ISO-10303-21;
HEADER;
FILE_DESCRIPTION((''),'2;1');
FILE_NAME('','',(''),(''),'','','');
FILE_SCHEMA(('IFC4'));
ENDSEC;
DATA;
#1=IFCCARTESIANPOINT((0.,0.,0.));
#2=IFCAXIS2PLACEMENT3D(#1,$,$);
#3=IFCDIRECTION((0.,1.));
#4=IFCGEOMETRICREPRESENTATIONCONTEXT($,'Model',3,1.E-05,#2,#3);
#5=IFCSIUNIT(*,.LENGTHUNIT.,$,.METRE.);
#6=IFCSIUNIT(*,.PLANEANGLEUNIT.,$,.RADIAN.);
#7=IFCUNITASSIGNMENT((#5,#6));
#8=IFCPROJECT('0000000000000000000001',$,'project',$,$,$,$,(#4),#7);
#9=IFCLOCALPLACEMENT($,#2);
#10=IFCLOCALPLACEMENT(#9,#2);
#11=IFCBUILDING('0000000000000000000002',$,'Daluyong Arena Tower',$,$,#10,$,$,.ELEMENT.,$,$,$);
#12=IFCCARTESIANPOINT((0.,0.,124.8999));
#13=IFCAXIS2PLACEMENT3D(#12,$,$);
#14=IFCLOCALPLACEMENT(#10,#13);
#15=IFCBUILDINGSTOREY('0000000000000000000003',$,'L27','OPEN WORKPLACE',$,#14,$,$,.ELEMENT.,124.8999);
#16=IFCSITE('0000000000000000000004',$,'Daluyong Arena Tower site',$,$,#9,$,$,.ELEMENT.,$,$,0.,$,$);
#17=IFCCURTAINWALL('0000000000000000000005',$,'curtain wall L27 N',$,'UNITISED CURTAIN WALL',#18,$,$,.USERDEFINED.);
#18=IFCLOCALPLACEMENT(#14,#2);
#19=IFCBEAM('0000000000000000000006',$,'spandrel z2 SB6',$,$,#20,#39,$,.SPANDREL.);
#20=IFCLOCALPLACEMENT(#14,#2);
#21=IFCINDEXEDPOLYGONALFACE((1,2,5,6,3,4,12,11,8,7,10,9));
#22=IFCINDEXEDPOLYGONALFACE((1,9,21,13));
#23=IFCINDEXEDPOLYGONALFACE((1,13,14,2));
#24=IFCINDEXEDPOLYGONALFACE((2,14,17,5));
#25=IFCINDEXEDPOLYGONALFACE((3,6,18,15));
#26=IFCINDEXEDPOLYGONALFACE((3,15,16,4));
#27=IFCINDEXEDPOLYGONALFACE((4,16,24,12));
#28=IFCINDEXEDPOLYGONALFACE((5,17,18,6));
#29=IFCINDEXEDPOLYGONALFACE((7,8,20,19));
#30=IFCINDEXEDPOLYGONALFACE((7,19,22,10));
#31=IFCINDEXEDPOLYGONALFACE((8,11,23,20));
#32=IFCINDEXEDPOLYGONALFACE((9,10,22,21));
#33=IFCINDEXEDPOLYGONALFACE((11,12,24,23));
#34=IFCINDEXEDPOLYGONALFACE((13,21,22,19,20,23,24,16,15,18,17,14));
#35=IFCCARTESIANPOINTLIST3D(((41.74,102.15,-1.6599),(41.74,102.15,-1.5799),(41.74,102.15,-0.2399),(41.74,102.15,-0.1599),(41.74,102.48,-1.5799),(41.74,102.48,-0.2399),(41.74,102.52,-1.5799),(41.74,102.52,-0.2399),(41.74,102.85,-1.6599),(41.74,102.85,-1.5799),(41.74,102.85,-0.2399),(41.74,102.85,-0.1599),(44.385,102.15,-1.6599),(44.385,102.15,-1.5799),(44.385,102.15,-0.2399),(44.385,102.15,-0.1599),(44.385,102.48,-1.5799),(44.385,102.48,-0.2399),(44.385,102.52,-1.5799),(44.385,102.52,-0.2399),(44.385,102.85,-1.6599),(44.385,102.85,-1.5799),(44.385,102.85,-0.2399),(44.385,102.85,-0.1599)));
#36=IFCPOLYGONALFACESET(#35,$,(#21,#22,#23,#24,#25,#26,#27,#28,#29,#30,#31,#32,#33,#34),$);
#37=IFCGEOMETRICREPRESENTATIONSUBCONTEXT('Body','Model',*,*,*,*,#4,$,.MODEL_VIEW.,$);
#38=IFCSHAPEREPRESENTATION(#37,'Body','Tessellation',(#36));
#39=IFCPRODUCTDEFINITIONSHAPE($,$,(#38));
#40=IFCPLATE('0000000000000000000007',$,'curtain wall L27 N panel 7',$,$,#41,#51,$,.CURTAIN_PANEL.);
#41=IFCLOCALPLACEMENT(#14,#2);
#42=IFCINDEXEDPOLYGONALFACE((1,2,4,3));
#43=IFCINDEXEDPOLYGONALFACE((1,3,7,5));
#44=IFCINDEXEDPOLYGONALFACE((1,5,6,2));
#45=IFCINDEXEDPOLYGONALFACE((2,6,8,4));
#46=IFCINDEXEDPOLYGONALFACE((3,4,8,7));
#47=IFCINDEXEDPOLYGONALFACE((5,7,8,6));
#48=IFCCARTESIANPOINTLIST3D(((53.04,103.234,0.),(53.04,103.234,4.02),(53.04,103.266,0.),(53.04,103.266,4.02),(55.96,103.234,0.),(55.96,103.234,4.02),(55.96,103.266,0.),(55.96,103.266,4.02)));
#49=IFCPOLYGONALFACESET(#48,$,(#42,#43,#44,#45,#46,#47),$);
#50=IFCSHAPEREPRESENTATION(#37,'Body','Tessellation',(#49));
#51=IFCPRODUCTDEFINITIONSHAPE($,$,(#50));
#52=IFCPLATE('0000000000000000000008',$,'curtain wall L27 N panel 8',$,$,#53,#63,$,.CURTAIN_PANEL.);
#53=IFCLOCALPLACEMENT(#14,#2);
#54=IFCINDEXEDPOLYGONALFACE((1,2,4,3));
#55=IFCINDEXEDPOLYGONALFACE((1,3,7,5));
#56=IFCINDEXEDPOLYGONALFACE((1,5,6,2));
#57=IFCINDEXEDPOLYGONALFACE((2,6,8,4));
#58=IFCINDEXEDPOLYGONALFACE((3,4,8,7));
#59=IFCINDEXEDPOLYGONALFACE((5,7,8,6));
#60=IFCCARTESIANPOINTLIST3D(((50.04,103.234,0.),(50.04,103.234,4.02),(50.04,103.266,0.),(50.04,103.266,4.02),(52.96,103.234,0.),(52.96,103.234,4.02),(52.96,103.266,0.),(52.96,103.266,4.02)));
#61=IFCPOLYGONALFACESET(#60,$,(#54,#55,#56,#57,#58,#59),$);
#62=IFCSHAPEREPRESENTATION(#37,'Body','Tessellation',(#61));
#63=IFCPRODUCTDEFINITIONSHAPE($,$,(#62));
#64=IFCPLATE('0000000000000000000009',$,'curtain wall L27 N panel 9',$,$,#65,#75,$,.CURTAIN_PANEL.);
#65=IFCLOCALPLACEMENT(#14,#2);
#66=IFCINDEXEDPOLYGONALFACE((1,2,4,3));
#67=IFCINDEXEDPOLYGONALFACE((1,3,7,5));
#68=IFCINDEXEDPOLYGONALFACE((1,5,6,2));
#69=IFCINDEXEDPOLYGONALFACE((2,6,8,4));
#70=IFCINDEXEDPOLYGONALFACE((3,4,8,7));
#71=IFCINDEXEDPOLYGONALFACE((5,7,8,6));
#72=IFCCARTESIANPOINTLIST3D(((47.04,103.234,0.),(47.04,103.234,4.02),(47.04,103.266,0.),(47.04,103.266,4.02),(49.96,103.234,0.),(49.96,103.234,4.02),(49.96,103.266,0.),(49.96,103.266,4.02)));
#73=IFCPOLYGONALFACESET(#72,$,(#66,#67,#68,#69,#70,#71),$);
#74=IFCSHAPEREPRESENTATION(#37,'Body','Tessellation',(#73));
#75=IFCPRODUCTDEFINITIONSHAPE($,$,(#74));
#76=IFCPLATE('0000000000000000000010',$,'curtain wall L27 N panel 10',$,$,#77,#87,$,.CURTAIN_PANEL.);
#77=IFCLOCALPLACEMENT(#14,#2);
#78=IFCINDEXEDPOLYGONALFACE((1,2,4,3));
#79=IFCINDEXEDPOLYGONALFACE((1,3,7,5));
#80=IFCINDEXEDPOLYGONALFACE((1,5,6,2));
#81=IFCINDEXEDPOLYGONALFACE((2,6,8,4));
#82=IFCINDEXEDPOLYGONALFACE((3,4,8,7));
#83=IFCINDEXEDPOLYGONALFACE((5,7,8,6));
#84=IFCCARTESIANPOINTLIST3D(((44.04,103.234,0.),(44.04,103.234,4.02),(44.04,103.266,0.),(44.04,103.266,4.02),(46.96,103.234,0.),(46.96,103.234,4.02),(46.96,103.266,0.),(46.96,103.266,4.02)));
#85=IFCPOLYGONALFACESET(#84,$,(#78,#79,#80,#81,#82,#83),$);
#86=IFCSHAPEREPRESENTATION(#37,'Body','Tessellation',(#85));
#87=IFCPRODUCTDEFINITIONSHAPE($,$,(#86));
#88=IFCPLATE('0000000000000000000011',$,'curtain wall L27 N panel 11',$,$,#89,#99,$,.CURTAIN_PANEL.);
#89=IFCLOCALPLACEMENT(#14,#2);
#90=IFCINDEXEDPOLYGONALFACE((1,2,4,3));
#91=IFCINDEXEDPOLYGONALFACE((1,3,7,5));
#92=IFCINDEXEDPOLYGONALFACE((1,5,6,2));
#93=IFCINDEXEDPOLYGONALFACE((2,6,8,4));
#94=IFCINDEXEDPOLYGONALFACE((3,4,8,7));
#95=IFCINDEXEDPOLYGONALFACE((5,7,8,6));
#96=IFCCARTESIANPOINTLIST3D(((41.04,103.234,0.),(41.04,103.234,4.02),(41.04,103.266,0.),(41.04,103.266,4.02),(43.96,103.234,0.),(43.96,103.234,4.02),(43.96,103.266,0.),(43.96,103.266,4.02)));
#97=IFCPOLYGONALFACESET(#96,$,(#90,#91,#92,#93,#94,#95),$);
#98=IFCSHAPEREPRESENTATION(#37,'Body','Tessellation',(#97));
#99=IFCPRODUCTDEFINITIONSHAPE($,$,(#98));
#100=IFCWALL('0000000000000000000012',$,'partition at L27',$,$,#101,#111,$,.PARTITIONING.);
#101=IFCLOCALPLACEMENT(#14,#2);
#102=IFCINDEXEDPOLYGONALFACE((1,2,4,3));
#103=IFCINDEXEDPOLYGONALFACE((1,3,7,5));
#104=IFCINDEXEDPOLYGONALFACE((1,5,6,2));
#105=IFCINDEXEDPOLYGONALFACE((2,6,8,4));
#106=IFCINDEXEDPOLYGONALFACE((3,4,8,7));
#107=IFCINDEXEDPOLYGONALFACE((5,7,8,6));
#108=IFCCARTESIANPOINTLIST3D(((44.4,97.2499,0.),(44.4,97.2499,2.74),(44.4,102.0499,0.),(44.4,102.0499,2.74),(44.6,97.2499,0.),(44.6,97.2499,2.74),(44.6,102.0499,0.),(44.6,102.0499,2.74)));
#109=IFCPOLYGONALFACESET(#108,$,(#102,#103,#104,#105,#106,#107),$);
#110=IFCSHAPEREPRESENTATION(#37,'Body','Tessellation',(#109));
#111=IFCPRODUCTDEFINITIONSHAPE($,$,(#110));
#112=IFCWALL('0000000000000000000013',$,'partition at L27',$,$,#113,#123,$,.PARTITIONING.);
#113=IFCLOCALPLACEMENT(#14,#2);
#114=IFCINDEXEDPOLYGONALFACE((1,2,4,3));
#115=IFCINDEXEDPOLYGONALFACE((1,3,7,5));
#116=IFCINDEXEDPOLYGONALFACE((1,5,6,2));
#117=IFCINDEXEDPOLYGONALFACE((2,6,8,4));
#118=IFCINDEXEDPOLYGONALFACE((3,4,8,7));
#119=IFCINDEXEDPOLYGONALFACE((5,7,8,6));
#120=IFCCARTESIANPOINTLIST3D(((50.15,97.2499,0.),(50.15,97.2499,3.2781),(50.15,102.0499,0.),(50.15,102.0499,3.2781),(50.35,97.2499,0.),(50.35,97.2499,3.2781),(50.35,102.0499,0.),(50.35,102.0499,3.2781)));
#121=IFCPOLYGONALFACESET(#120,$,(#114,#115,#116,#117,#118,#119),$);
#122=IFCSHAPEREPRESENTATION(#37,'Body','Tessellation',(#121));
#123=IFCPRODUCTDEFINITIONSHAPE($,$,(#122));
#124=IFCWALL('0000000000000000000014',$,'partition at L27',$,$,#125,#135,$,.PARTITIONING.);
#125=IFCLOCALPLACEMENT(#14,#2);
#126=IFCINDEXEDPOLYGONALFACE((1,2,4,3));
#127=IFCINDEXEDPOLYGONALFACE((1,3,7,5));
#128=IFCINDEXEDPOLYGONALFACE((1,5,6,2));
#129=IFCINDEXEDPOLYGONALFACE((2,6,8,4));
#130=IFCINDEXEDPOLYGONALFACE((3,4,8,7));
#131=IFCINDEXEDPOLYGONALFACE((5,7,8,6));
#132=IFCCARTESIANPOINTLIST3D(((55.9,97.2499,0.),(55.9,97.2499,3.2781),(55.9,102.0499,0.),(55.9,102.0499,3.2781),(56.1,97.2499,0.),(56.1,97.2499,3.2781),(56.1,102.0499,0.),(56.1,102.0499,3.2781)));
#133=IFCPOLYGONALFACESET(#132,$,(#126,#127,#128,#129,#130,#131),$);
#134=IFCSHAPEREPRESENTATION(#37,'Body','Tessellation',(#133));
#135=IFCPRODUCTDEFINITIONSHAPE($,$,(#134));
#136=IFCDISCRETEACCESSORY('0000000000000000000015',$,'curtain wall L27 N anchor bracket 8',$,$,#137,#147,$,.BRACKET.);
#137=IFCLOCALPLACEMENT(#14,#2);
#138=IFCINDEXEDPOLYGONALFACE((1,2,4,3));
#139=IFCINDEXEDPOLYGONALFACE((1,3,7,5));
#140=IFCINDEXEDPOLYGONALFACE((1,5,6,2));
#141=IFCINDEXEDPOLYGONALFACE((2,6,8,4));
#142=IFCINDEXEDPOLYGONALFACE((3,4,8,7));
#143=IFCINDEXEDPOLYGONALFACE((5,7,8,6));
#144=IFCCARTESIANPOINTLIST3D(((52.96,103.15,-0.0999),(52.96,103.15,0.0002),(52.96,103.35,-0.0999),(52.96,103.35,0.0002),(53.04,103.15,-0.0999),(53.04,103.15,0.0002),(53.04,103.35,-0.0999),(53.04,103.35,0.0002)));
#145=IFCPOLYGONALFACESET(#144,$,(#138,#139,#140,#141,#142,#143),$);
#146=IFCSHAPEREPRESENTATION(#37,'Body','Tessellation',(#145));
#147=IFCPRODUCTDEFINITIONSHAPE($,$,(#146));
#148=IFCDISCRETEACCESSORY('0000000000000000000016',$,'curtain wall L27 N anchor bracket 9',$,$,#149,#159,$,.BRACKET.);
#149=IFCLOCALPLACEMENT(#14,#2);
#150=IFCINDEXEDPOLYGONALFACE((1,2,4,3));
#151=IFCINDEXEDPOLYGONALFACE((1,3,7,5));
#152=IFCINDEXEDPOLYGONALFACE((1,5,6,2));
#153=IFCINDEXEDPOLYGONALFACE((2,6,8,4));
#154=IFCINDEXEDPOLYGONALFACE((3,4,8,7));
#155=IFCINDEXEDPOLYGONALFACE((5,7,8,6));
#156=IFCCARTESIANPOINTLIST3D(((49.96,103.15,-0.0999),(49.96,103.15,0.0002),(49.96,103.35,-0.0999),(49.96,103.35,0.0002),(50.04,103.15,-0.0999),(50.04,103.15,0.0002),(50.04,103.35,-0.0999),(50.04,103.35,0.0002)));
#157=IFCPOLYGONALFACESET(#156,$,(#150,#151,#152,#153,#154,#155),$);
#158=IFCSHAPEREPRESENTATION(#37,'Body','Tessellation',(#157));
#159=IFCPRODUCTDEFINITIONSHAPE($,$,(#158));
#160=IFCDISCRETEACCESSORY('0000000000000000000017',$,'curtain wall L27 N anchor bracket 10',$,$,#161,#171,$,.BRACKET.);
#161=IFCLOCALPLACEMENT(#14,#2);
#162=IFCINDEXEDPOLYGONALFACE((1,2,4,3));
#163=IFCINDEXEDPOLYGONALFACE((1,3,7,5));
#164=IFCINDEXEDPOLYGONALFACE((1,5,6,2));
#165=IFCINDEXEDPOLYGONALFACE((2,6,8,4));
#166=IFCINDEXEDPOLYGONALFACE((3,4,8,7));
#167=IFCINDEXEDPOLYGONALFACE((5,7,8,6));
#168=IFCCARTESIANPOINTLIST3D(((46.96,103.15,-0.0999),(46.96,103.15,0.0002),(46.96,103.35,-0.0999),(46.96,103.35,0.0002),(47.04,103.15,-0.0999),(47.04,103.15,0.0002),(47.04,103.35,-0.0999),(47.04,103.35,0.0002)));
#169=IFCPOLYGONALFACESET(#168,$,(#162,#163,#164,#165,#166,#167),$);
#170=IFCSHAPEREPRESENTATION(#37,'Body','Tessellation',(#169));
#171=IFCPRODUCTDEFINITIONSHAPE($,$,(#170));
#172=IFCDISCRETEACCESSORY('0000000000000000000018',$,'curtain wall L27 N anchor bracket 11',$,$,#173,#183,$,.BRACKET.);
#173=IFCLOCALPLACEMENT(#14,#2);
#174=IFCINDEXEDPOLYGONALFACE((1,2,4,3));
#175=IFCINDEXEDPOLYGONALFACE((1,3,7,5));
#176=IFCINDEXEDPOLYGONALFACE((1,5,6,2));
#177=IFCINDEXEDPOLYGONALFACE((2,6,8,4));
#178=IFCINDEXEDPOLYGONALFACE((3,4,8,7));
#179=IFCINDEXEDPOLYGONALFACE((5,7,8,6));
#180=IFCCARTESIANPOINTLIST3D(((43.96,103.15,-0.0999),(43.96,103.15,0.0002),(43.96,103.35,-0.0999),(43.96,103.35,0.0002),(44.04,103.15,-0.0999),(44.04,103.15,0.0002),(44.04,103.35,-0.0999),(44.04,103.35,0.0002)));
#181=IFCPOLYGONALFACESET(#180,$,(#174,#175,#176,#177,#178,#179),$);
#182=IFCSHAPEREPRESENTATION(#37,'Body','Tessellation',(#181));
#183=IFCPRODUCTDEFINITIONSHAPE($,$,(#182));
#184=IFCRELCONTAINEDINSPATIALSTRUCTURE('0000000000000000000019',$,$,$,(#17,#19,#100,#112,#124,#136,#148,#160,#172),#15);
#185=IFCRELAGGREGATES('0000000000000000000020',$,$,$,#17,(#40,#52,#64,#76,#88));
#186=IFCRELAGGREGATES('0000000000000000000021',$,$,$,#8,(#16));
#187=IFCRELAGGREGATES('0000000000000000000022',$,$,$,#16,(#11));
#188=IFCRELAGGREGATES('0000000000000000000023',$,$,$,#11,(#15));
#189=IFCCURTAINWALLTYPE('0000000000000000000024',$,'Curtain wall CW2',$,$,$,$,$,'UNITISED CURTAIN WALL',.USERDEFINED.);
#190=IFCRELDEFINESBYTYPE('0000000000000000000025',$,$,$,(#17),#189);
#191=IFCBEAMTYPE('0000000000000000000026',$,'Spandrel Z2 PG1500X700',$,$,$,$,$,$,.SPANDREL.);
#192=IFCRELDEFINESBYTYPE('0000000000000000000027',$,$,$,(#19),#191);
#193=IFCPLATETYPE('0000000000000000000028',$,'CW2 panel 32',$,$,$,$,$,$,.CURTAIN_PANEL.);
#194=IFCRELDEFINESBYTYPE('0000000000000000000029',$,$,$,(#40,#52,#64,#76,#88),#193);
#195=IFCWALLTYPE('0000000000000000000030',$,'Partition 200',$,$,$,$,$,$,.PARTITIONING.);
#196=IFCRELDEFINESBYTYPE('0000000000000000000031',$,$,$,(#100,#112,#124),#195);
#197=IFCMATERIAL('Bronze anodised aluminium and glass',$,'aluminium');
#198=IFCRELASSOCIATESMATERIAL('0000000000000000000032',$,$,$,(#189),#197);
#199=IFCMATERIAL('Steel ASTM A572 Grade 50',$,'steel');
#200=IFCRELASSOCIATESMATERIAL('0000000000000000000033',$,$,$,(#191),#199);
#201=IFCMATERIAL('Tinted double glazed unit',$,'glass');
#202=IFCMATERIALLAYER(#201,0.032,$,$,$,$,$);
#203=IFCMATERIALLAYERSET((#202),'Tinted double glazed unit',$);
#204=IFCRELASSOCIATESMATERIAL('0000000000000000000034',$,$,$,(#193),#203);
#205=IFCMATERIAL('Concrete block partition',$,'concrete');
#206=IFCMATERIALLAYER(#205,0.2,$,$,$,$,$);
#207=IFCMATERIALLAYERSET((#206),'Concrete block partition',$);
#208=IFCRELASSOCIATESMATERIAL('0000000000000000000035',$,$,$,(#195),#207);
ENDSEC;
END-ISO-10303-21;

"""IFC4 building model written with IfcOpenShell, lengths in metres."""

from ifc_helpers import new_model, si_unit, direction, frame, frame_2d, origin, origin_2d, place, context, subcontext, project, spatial, rectangle, i_section, extrude, material, layer, layer_set, material_profile, profile_set, type_object, element, aggregate, save


model = new_model("IFC4")

# Units and contexts
model_context = context("Model", 3, precision=1e-05, world=origin(), true_north=direction((0.0, 1.0)))
body_context = subcontext(model_context, "Body", "Model", "MODEL_VIEW")
ifc_project = project(units=[si_unit("LENGTHUNIT", "METRE"), si_unit("PLANEANGLEUNIT", "RADIAN")], contexts=[model_context])

# Site, building, storey
site_placement = place(None, origin())
site = spatial("IfcSite", under=ifc_project, at=site_placement, Name="Daluyong Arena Tower site", CompositionType="ELEMENT", RefElevation=0.0)
building_placement = place(site_placement, origin())
building = spatial("IfcBuilding", under=site, at=building_placement, Name="Daluyong Arena Tower", CompositionType="ELEMENT")
storey_placement = place(building_placement, frame((0.0, 0.0, 124.8999)))
storey = spatial("IfcBuildingStorey", under=building, at=storey_placement, Name="L27", Description="OPEN WORKPLACE", CompositionType="ELEMENT", Elevation=124.8999)

# Curtain wall
ifc_material_1 = material(Name="Bronze anodised aluminium and glass", Category="aluminium")
curtain_wall_type = type_object("IfcCurtainWallType", Name="Curtain wall CW2", ElementType="UNITISED CURTAIN WALL", PredefinedType="USERDEFINED", material=ifc_material_1)
curtain_wall_placement = place(storey_placement, origin())
curtain_wall = element("IfcCurtainWall", 1, at=curtain_wall_placement, inside=storey, type_object=curtain_wall_type, Name="curtain wall L27 N", ObjectType="UNITISED CURTAIN WALL", PredefinedType="USERDEFINED")

# Beam
ifc_material_2 = material(Name="Steel ASTM A572 Grade 50", Category="steel")
ifc_material_profile_1 = material_profile(ifc_material_2, i_section(OverallWidth=0.7, OverallDepth=1.5, WebThickness=0.04, FlangeThickness=0.08, at=origin_2d()))
ifc_profile_set_1 = profile_set([ifc_material_profile_1], Name="Steel ASTM A572 Grade 50")
beam_type_1 = type_object("IfcBeamType", Name="Spandrel Z2 PG1500X700", PredefinedType="SPANDREL", material=ifc_profile_set_1)
for number, where, z_axis, x_axis, name in (
    (2, (44.385, 102.5, -0.9099), (-1.0, 0.0, 0.0), (0.0, -1.0, 0.0), "spandrel z2 SB6"),
):
    element("IfcBeam", number, at=place(storey_placement, frame(where, z_axis=z_axis, x_axis=x_axis)), inside=storey, type_object=beam_type_1, Name=name, PredefinedType="SPANDREL", context=body_context, shape_type="SweptSolid", body=[
        extrude(i_section(OverallWidth=0.7, OverallDepth=1.5, WebThickness=0.04, FlangeThickness=0.08, at=origin_2d()), origin(), (0.0, 0.0, 1.0), 2.645),
    ])

# Plates
ifc_material_3 = material(Name="Tinted double glazed unit", Category="glass")
ifc_layer_1 = layer(ifc_material_3, 0.032)
ifc_layer_set_1 = layer_set([ifc_layer_1], Name="Tinted double glazed unit")
plate_type = type_object("IfcPlateType", Name="CW2 panel 32", PredefinedType="CURTAIN_PANEL", material=ifc_layer_set_1)
plate_1_placement = place(storey_placement, frame((54.5, 103.25, 0.0), z_axis=(0.0, 0.0, 1.0), x_axis=(-1.0, 0.0, 0.0)))
plate_1 = element("IfcPlate", 3, at=plate_1_placement, type_object=plate_type, Name="curtain wall L27 N panel 7", PredefinedType="CURTAIN_PANEL", context=body_context, shape_type="SweptSolid", body=[
    extrude(rectangle(XDim=2.9199, YDim=0.032, at=origin_2d()), origin(), (0.0, 0.0, 1.0), 4.02),
])
plate_2_placement = place(storey_placement, frame((51.5, 103.25, 0.0), z_axis=(0.0, 0.0, 1.0), x_axis=(-1.0, 0.0, 0.0)))
plate_2 = element("IfcPlate", 4, at=plate_2_placement, type_object=plate_type, Name="curtain wall L27 N panel 8", PredefinedType="CURTAIN_PANEL", context=body_context, shape_type="SweptSolid", body=[
    extrude(rectangle(XDim=2.9199, YDim=0.032, at=origin_2d()), origin(), (0.0, 0.0, 1.0), 4.02),
])
plate_3_placement = place(storey_placement, frame((48.5, 103.25, 0.0), z_axis=(0.0, 0.0, 1.0), x_axis=(-1.0, 0.0, 0.0)))
plate_3 = element("IfcPlate", 5, at=plate_3_placement, type_object=plate_type, Name="curtain wall L27 N panel 9", PredefinedType="CURTAIN_PANEL", context=body_context, shape_type="SweptSolid", body=[
    extrude(rectangle(XDim=2.9199, YDim=0.032, at=origin_2d()), origin(), (0.0, 0.0, 1.0), 4.02),
])
plate_4_placement = place(storey_placement, frame((45.5, 103.25, 0.0), z_axis=(0.0, 0.0, 1.0), x_axis=(-1.0, 0.0, 0.0)))
plate_4 = element("IfcPlate", 6, at=plate_4_placement, type_object=plate_type, Name="curtain wall L27 N panel 10", PredefinedType="CURTAIN_PANEL", context=body_context, shape_type="SweptSolid", body=[
    extrude(rectangle(XDim=2.9199, YDim=0.032, at=origin_2d()), origin(), (0.0, 0.0, 1.0), 4.02),
])
plate_5_placement = place(storey_placement, frame((42.5, 103.25, 0.0), z_axis=(0.0, 0.0, 1.0), x_axis=(-1.0, 0.0, 0.0)))
plate_5 = element("IfcPlate", 7, at=plate_5_placement, type_object=plate_type, Name="curtain wall L27 N panel 11", PredefinedType="CURTAIN_PANEL", context=body_context, shape_type="SweptSolid", body=[
    extrude(rectangle(XDim=2.9199, YDim=0.032, at=origin_2d()), origin(), (0.0, 0.0, 1.0), 4.02),
])
aggregate(curtain_wall, [plate_1, plate_2, plate_3, plate_4, plate_5])

# Walls
ifc_material_4 = material(Name="Concrete block partition", Category="concrete")
ifc_layer_2 = layer(ifc_material_4, 0.2)
ifc_layer_set_2 = layer_set([ifc_layer_2], Name="Concrete block partition")
wall_type = type_object("IfcWallType", Name="Partition 200", PredefinedType="PARTITIONING", material=ifc_layer_set_2)
wall_placement = place(storey_placement, frame((44.5, 97.25, 0.0), z_axis=(0.0, 0.0, 1.0), x_axis=(0.0, 1.0, 0.0)))
element("IfcWall", 8, at=wall_placement, inside=storey, type_object=wall_type, Name="partition at L27", PredefinedType="PARTITIONING", context=body_context, shape_type="SweptSolid", body=[
    extrude(rectangle(XDim=4.8, YDim=0.2, at=frame_2d((2.3999, 0.0))), origin(), (0.0, 0.0, 1.0), 2.74),
])
for number, where, z_axis, x_axis, name in (
    (9, (50.25, 97.25, 0.0), (0.0, 0.0, 1.0), (0.0, 1.0, 0.0), "partition at L27"),
    (10, (56.0, 97.25, 0.0), (0.0, 0.0, 1.0), (0.0, 1.0, 0.0), "partition at L27"),
):
    element("IfcWall", number, at=place(storey_placement, frame(where, z_axis=z_axis, x_axis=x_axis)), inside=storey, type_object=wall_type, Name=name, PredefinedType="PARTITIONING", context=body_context, shape_type="SweptSolid", body=[
        extrude(rectangle(XDim=4.8, YDim=0.2, at=frame_2d((2.3999, 0.0))), origin(), (0.0, 0.0, 1.0), 3.2781),
    ])

# Discrete accessories
for number, where, z_axis, x_axis, name in (
    (11, (53.0, 103.25, -0.0999), (0.0, 0.0, 1.0), (-1.0, 0.0, 0.0), "curtain wall L27 N anchor bracket 8"),
    (12, (50.0, 103.25, -0.0999), (0.0, 0.0, 1.0), (-1.0, 0.0, 0.0), "curtain wall L27 N anchor bracket 9"),
    (13, (47.0, 103.25, -0.0999), (0.0, 0.0, 1.0), (-1.0, 0.0, 0.0), "curtain wall L27 N anchor bracket 10"),
    (14, (44.0, 103.25, -0.0999), (0.0, 0.0, 1.0), (-1.0, 0.0, 0.0), "curtain wall L27 N anchor bracket 11"),
):
    element("IfcDiscreteAccessory", number, at=place(storey_placement, frame(where, z_axis=z_axis, x_axis=x_axis)), inside=storey, Name=name, PredefinedType="BRACKET", context=body_context, shape_type="SweptSolid", body=[
        extrude(rectangle(XDim=0.0801, YDim=0.2, at=origin_2d()), origin(), (0.0, 0.0, 1.0), 0.1001),
    ])

save(model, "model.ifc")
